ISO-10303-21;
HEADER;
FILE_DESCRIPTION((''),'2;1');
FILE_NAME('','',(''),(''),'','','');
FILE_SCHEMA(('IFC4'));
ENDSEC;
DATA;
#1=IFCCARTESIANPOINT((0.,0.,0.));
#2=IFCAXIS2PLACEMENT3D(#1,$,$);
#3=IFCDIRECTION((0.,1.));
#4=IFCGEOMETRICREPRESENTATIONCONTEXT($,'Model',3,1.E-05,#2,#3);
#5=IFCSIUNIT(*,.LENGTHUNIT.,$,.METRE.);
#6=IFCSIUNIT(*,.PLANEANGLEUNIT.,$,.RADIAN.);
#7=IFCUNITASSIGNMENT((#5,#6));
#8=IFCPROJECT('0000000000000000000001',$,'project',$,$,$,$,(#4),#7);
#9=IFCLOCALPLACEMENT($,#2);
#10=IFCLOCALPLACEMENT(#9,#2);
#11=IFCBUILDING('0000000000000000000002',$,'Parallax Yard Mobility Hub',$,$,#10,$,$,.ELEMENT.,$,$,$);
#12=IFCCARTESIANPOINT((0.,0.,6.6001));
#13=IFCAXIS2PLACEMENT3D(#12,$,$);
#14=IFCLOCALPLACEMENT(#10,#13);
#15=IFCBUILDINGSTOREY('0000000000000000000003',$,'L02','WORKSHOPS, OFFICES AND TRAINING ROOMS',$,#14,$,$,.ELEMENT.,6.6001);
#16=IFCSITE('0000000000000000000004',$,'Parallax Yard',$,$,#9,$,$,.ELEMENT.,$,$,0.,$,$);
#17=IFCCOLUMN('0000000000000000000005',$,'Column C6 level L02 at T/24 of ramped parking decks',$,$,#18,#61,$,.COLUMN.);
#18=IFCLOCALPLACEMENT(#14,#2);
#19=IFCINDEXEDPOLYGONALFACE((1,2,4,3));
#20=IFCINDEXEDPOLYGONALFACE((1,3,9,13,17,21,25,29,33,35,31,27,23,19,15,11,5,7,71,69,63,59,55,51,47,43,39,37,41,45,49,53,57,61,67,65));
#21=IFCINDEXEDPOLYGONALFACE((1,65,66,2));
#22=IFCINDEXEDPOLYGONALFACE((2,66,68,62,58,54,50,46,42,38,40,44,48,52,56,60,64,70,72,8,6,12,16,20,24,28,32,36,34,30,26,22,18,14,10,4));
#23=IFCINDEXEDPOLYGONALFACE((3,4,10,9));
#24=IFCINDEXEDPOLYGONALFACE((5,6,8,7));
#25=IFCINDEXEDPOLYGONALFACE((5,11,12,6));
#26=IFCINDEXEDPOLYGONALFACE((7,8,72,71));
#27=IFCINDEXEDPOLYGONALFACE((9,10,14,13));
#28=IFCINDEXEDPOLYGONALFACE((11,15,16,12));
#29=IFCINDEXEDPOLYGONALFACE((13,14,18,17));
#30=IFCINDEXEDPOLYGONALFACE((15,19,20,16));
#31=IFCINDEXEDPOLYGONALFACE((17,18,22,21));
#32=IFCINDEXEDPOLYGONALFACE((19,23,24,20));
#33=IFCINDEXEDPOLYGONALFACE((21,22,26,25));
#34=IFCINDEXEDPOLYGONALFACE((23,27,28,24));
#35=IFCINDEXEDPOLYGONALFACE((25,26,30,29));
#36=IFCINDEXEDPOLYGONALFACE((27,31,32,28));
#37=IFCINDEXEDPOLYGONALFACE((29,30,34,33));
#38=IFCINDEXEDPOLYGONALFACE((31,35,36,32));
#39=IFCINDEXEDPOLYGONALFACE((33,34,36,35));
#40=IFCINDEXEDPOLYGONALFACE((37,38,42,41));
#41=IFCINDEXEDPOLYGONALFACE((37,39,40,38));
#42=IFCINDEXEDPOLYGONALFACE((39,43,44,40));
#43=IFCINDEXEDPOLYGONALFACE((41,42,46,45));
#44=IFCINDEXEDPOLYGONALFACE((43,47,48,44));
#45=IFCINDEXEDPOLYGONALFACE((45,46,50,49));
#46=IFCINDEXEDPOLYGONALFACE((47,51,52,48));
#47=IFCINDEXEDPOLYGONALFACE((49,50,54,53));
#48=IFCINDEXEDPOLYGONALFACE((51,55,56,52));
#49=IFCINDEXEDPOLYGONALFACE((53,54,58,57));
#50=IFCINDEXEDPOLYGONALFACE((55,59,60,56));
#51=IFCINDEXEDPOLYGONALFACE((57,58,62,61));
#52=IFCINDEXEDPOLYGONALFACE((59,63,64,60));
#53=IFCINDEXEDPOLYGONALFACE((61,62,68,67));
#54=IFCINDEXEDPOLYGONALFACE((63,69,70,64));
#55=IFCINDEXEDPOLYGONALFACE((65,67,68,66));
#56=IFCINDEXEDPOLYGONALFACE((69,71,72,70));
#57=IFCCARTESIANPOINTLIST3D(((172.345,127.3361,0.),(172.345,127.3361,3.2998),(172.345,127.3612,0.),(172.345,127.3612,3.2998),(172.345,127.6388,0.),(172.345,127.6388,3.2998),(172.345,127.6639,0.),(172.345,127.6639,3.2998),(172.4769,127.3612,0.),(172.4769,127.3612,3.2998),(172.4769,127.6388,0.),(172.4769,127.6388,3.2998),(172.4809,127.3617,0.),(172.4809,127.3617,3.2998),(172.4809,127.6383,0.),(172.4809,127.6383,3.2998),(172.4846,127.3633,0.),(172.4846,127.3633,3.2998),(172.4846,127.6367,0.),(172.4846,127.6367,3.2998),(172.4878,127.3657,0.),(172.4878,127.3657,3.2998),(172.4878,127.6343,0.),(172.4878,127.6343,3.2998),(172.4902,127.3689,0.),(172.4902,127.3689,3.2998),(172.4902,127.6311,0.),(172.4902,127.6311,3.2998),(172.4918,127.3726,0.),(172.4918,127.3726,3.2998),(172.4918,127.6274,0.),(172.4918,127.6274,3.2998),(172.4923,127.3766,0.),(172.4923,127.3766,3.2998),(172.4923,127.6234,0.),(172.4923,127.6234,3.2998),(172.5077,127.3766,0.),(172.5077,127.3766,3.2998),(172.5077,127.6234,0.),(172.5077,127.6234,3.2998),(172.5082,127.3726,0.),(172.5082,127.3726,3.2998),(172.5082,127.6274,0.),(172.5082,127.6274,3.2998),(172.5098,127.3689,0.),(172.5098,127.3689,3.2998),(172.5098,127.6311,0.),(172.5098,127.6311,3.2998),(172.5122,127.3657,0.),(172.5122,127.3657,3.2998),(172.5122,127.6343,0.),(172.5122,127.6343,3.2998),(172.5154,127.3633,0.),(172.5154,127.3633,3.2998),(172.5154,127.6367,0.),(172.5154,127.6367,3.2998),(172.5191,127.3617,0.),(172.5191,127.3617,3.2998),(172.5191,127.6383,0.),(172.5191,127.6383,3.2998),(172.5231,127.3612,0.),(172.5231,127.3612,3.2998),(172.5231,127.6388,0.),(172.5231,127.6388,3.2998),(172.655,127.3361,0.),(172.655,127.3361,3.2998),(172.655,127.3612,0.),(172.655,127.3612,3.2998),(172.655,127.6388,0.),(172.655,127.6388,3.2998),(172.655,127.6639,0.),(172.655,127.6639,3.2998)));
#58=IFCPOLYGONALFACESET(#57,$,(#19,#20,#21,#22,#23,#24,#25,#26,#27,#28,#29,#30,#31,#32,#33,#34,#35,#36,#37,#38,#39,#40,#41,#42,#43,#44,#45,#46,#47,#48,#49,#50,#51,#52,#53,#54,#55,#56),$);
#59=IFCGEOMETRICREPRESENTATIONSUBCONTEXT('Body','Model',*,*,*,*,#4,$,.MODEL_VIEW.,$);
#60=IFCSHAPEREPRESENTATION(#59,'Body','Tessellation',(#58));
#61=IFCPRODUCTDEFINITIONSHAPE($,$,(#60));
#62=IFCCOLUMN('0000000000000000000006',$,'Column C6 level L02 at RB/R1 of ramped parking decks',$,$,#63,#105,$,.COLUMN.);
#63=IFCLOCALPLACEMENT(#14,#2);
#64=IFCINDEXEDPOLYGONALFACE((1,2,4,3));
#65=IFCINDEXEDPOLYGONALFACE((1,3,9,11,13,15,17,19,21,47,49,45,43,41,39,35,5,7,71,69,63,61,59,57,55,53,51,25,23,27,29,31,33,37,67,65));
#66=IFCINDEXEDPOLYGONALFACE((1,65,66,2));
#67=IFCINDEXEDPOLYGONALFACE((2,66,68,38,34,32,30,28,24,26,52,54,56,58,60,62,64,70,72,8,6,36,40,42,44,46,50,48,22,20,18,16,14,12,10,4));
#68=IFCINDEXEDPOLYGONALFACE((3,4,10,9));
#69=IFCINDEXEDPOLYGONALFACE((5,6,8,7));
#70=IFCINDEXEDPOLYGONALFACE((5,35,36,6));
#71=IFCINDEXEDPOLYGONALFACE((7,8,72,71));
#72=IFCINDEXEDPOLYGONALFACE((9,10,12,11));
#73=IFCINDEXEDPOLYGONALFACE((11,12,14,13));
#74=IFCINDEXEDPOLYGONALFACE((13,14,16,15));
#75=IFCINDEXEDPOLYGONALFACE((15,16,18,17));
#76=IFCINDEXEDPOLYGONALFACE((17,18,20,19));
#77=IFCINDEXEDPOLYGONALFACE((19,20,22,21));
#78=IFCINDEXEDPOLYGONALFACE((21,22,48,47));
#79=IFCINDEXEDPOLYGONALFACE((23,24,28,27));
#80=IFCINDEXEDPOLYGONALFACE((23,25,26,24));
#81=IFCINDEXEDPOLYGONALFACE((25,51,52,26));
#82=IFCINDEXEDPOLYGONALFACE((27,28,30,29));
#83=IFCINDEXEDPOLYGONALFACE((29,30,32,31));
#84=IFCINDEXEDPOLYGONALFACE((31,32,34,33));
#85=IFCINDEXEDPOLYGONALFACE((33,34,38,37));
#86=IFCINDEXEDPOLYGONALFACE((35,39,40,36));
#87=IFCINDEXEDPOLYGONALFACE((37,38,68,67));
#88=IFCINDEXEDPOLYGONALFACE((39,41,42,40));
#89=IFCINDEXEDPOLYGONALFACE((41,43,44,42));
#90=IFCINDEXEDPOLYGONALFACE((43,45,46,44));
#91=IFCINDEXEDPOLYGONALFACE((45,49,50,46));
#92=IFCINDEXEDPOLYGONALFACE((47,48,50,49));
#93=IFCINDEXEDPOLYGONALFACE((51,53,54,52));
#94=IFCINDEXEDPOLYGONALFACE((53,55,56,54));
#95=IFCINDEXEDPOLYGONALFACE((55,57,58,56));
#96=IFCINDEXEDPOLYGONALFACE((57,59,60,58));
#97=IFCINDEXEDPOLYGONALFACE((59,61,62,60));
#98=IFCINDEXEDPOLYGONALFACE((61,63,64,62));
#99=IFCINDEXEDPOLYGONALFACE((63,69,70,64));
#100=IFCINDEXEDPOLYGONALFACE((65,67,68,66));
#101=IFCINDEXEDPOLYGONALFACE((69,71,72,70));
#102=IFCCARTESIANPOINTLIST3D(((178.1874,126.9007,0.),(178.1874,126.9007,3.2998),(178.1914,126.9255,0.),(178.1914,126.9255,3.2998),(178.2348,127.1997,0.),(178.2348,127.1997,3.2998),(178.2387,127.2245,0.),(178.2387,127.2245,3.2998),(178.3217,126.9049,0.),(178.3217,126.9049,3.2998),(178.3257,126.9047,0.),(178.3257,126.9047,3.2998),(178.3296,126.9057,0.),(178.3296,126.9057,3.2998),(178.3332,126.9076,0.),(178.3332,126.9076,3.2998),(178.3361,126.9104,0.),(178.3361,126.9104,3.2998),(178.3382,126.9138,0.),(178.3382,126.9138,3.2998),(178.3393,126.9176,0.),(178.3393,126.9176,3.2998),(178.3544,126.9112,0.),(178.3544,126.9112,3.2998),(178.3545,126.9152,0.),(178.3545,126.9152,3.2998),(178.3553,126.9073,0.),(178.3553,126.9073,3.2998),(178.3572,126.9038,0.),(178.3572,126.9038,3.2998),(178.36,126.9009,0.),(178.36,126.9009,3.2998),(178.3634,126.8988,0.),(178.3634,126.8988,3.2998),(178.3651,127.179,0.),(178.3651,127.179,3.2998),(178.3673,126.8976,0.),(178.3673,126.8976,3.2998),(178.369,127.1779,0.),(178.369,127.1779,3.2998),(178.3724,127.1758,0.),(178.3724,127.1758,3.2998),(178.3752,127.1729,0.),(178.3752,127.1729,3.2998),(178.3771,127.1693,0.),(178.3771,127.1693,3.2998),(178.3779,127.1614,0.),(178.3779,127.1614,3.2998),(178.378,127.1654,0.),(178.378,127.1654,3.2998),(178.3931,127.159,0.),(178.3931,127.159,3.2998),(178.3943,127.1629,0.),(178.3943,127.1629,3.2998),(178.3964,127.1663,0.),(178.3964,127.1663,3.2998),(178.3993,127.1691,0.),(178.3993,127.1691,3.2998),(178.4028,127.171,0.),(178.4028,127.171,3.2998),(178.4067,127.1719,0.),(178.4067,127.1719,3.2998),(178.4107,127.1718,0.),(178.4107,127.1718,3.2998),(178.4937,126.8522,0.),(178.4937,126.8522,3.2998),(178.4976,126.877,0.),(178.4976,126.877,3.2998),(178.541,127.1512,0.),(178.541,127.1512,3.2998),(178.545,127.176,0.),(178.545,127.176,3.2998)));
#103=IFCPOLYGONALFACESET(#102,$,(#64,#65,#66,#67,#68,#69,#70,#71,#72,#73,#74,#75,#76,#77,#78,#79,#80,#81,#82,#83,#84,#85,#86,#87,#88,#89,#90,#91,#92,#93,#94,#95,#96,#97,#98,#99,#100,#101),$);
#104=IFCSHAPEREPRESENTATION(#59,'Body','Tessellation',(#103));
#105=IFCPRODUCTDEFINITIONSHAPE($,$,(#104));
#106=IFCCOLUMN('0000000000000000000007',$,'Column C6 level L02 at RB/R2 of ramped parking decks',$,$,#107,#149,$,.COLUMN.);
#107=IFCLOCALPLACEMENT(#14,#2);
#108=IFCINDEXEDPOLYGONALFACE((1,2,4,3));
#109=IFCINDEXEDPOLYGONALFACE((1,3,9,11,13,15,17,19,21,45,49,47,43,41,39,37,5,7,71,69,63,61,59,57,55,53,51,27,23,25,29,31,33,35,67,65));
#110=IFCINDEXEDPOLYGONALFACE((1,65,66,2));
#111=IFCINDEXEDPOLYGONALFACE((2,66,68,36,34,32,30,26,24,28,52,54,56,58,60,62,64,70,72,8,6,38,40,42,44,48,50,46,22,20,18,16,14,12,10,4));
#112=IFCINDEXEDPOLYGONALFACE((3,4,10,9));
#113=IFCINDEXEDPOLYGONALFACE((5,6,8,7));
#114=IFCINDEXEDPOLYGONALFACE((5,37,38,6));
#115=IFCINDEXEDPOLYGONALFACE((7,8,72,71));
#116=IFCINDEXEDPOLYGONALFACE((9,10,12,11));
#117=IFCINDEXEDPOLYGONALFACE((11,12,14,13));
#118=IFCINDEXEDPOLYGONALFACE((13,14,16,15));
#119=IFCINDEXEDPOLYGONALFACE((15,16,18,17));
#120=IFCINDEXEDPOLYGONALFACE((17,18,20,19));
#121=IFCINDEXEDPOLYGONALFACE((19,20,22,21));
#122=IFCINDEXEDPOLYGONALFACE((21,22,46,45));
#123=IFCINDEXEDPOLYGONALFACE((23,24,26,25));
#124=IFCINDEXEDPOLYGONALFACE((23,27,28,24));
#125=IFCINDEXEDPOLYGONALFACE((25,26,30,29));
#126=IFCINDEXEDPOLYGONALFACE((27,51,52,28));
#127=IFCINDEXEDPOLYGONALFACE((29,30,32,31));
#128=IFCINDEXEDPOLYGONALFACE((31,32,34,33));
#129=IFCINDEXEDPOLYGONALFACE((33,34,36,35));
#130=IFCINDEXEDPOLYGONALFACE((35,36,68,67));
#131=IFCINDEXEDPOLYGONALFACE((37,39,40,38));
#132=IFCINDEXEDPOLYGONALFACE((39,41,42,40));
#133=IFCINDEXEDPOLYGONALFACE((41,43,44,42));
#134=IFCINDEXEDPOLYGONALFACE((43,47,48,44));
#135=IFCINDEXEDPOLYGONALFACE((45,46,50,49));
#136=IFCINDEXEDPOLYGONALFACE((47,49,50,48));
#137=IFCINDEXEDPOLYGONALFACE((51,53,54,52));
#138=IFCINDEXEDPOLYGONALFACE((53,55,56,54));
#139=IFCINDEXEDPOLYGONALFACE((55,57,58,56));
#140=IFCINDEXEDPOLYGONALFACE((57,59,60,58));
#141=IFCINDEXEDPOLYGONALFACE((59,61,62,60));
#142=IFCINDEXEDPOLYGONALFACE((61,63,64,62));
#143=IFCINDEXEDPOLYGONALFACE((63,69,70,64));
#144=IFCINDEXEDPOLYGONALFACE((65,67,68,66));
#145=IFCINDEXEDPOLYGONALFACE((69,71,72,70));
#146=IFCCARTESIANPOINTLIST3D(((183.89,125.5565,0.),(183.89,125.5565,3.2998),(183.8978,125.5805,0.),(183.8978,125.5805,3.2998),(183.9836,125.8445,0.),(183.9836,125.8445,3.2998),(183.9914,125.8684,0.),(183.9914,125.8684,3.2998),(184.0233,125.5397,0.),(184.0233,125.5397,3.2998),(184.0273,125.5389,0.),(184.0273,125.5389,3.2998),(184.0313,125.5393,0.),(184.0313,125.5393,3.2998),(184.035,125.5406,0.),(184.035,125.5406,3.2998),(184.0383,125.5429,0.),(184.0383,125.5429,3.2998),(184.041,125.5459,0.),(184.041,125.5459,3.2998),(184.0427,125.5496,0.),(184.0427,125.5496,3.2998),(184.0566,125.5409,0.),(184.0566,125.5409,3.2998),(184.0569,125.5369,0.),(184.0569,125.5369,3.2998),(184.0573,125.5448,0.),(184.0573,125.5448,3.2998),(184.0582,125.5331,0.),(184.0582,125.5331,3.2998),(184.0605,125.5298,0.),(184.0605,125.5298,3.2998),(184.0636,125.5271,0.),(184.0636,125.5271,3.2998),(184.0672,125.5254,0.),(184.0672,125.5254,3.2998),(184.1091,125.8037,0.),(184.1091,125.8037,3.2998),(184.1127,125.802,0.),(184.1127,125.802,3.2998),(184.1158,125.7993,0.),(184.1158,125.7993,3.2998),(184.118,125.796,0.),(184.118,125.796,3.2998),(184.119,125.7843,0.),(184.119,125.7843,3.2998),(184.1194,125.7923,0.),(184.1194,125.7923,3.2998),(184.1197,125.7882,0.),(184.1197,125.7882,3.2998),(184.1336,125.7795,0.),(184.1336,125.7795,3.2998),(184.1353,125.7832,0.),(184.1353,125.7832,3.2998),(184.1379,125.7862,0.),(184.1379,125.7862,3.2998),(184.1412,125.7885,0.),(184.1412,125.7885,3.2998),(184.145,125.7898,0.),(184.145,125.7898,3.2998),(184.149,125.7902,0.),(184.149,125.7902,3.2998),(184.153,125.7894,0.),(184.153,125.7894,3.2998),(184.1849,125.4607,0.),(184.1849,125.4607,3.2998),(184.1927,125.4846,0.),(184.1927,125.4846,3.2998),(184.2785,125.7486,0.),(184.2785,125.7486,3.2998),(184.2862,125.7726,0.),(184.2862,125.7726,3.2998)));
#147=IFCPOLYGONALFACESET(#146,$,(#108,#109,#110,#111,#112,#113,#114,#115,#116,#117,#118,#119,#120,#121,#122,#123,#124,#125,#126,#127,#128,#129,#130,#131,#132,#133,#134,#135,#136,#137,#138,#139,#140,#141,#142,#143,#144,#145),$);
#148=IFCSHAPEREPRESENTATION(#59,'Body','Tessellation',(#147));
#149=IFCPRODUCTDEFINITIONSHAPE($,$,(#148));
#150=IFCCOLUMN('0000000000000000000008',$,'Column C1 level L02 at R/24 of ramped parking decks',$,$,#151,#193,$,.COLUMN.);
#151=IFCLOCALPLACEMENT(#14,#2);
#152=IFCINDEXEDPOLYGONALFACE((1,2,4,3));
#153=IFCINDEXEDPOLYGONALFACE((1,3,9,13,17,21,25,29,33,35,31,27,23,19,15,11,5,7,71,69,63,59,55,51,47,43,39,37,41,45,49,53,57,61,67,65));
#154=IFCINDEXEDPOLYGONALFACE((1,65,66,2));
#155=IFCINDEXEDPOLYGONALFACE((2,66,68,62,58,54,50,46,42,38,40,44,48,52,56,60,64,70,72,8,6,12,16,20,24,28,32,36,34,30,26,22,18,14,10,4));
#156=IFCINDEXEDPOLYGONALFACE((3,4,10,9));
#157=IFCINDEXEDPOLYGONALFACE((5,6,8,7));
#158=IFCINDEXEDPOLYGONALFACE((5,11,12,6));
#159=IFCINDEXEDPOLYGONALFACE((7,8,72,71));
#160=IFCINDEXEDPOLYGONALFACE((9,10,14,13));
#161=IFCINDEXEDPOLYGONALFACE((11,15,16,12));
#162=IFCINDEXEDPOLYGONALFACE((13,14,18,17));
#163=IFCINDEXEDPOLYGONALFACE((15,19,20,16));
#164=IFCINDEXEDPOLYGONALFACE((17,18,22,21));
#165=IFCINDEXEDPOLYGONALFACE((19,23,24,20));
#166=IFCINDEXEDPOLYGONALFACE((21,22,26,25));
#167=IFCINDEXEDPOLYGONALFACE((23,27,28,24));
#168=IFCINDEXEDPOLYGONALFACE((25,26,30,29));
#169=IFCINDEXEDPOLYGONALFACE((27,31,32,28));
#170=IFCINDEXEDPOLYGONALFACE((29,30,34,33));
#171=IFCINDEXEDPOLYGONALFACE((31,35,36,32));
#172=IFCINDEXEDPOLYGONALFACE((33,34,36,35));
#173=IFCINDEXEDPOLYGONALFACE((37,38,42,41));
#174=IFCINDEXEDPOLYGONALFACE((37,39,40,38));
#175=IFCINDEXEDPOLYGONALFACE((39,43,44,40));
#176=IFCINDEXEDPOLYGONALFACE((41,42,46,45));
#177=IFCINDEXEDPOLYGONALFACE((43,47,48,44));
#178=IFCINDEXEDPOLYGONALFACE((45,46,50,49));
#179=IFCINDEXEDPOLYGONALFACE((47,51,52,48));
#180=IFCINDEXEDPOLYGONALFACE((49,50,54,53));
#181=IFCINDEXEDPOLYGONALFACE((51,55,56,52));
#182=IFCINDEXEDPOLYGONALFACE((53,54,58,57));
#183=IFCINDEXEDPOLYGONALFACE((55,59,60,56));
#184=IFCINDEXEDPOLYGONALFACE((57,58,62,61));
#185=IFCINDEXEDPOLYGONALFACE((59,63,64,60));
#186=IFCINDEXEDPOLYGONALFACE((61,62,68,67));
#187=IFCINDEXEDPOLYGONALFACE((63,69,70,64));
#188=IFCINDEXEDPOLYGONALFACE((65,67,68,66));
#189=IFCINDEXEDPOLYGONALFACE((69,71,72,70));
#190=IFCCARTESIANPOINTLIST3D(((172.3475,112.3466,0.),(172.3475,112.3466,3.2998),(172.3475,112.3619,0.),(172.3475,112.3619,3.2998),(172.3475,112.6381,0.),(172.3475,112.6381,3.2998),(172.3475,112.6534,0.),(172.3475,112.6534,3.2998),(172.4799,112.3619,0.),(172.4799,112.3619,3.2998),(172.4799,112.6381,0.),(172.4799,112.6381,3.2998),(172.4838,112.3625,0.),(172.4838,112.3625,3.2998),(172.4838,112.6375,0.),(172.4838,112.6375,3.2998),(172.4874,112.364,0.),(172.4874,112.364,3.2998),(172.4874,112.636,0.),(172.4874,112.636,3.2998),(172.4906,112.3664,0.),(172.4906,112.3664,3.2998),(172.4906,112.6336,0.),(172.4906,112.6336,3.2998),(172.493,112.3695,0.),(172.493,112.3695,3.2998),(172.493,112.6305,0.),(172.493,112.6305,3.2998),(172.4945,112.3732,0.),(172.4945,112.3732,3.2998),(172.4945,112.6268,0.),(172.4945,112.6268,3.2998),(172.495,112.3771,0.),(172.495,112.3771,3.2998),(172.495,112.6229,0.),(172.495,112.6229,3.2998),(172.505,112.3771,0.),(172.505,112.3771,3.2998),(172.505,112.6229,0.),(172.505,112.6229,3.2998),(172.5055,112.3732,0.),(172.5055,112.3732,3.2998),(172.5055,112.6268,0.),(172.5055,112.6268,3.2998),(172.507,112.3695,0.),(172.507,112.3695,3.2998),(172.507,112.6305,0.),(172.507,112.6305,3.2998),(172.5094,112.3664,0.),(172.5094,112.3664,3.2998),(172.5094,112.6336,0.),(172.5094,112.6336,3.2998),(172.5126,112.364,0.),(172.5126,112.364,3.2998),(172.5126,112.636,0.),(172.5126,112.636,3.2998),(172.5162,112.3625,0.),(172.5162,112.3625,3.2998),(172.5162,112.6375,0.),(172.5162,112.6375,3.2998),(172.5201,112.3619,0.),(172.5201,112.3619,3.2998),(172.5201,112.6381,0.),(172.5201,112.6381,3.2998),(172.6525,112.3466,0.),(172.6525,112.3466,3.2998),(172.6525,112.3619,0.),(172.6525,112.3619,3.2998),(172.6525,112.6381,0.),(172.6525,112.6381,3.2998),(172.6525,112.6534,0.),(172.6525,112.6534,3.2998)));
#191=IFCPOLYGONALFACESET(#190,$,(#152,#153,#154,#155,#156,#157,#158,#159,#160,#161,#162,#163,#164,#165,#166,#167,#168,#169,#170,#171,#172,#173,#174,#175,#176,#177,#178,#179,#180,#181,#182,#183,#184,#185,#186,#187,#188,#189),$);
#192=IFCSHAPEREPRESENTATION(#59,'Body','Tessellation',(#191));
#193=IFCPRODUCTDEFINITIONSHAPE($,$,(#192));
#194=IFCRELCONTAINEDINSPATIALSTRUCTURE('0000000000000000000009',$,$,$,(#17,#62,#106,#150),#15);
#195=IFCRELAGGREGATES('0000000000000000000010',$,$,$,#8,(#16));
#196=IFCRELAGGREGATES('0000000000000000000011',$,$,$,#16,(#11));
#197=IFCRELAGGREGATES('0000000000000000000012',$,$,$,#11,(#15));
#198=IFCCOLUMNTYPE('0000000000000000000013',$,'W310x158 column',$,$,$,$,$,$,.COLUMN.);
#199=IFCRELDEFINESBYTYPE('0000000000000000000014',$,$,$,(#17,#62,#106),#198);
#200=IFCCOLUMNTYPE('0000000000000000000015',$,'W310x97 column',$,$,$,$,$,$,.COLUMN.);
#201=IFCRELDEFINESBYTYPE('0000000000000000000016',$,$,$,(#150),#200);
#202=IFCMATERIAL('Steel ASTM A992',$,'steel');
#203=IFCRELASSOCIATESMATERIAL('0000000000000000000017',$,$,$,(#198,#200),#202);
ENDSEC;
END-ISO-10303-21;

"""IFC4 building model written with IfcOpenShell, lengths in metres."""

from ifc_helpers import new_model, si_unit, direction, frame, origin, origin_2d, place, context, subcontext, project, spatial, i_section, extrude, material, material_profile, profile_set, type_object, element, save


model = new_model("IFC4")

# Units and contexts
model_context = context("Model", 3, precision=1e-05, world=origin(), true_north=direction((0.0, 1.0)))
body_context = subcontext(model_context, "Body", "Model", "MODEL_VIEW")
ifc_project = project(units=[si_unit("LENGTHUNIT", "METRE"), si_unit("PLANEANGLEUNIT", "RADIAN")], contexts=[model_context])

# Site, building, storey
site_placement = place(None, origin())
site = spatial("IfcSite", under=ifc_project, at=site_placement, Name="Parallax Yard", CompositionType="ELEMENT", RefElevation=0.0)
building_placement = place(site_placement, origin())
building = spatial("IfcBuilding", under=site, at=building_placement, Name="Parallax Yard Mobility Hub", CompositionType="ELEMENT")
storey_placement = place(building_placement, frame((0.0, 0.0, 6.6001)))
storey = spatial("IfcBuildingStorey", under=building, at=storey_placement, Name="L02", Description="WORKSHOPS, OFFICES AND TRAINING ROOMS", CompositionType="ELEMENT", Elevation=6.6001)

# Columns
ifc_material_1 = material(Name="Steel ASTM A992", Category="steel")
ifc_material_profile_1 = material_profile(ifc_material_1, i_section(OverallWidth=0.3101, OverallDepth=0.3279, WebThickness=0.0154, FlangeThickness=0.0251, FilletRadius=0.0154, at=origin_2d()), Name="W310x158")
ifc_profile_set_1 = profile_set([ifc_material_profile_1], Name="Steel ASTM A992")
column_type_1 = type_object("IfcColumnType", Name="W310x158 column", PredefinedType="COLUMN", material=ifc_profile_set_1)
for number, where, z_axis, x_axis, name in (
    (1, (172.5, 127.5, 0.0), (0.0, 0.0, 1.0), (1.0, 0.0, 0.0), "Column C6 level L02 at T/24 of ramped parking decks"),
    (2, (178.3662, 127.0383, 0.0), (0.0, 0.0, 1.0), (-0.987688, 0.156434, 0.0), "Column C6 level L02 at RB/R1 of ramped parking decks"),
    (3, (184.0881, 125.6646, 0.0), (0.0, 0.0, 1.0), (-0.951057, 0.309017, 0.0), "Column C6 level L02 at RB/R2 of ramped parking decks"),
):
    element("IfcColumn", number, at=place(storey_placement, frame(where, z_axis=z_axis, x_axis=x_axis)), inside=storey, type_object=column_type_1, Name=name, PredefinedType="COLUMN", context=body_context, shape_type="SweptSolid", body=[
        extrude(i_section(OverallWidth=0.3101, OverallDepth=0.3279, WebThickness=0.0154, FlangeThickness=0.0251, FilletRadius=0.0154, at=origin_2d()), origin(), (0.0, 0.0, 1.0), 3.2998),
    ])
ifc_material_profile_2 = material_profile(ifc_material_1, i_section(OverallWidth=0.3049, OverallDepth=0.3069, WebThickness=0.01, FlangeThickness=0.0154, FilletRadius=0.0151, at=origin_2d()), Name="W310x97")
ifc_profile_set_2 = profile_set([ifc_material_profile_2], Name="Steel ASTM A992")
column_type_2 = type_object("IfcColumnType", Name="W310x97 column", PredefinedType="COLUMN", material=ifc_profile_set_2)
column_placement = place(storey_placement, frame((172.5, 112.5, 0.0), z_axis=(0.0, 0.0, 1.0), x_axis=(1.0, 0.0, 0.0)))
element("IfcColumn", 4, at=column_placement, inside=storey, type_object=column_type_2, Name="Column C1 level L02 at R/24 of ramped parking decks", PredefinedType="COLUMN", context=body_context, shape_type="SweptSolid", body=[
    extrude(i_section(OverallWidth=0.3049, OverallDepth=0.3069, WebThickness=0.01, FlangeThickness=0.0154, FilletRadius=0.0151, at=origin_2d()), origin(), (0.0, 0.0, 1.0), 3.2998),
])

save(model, "model.ifc")
